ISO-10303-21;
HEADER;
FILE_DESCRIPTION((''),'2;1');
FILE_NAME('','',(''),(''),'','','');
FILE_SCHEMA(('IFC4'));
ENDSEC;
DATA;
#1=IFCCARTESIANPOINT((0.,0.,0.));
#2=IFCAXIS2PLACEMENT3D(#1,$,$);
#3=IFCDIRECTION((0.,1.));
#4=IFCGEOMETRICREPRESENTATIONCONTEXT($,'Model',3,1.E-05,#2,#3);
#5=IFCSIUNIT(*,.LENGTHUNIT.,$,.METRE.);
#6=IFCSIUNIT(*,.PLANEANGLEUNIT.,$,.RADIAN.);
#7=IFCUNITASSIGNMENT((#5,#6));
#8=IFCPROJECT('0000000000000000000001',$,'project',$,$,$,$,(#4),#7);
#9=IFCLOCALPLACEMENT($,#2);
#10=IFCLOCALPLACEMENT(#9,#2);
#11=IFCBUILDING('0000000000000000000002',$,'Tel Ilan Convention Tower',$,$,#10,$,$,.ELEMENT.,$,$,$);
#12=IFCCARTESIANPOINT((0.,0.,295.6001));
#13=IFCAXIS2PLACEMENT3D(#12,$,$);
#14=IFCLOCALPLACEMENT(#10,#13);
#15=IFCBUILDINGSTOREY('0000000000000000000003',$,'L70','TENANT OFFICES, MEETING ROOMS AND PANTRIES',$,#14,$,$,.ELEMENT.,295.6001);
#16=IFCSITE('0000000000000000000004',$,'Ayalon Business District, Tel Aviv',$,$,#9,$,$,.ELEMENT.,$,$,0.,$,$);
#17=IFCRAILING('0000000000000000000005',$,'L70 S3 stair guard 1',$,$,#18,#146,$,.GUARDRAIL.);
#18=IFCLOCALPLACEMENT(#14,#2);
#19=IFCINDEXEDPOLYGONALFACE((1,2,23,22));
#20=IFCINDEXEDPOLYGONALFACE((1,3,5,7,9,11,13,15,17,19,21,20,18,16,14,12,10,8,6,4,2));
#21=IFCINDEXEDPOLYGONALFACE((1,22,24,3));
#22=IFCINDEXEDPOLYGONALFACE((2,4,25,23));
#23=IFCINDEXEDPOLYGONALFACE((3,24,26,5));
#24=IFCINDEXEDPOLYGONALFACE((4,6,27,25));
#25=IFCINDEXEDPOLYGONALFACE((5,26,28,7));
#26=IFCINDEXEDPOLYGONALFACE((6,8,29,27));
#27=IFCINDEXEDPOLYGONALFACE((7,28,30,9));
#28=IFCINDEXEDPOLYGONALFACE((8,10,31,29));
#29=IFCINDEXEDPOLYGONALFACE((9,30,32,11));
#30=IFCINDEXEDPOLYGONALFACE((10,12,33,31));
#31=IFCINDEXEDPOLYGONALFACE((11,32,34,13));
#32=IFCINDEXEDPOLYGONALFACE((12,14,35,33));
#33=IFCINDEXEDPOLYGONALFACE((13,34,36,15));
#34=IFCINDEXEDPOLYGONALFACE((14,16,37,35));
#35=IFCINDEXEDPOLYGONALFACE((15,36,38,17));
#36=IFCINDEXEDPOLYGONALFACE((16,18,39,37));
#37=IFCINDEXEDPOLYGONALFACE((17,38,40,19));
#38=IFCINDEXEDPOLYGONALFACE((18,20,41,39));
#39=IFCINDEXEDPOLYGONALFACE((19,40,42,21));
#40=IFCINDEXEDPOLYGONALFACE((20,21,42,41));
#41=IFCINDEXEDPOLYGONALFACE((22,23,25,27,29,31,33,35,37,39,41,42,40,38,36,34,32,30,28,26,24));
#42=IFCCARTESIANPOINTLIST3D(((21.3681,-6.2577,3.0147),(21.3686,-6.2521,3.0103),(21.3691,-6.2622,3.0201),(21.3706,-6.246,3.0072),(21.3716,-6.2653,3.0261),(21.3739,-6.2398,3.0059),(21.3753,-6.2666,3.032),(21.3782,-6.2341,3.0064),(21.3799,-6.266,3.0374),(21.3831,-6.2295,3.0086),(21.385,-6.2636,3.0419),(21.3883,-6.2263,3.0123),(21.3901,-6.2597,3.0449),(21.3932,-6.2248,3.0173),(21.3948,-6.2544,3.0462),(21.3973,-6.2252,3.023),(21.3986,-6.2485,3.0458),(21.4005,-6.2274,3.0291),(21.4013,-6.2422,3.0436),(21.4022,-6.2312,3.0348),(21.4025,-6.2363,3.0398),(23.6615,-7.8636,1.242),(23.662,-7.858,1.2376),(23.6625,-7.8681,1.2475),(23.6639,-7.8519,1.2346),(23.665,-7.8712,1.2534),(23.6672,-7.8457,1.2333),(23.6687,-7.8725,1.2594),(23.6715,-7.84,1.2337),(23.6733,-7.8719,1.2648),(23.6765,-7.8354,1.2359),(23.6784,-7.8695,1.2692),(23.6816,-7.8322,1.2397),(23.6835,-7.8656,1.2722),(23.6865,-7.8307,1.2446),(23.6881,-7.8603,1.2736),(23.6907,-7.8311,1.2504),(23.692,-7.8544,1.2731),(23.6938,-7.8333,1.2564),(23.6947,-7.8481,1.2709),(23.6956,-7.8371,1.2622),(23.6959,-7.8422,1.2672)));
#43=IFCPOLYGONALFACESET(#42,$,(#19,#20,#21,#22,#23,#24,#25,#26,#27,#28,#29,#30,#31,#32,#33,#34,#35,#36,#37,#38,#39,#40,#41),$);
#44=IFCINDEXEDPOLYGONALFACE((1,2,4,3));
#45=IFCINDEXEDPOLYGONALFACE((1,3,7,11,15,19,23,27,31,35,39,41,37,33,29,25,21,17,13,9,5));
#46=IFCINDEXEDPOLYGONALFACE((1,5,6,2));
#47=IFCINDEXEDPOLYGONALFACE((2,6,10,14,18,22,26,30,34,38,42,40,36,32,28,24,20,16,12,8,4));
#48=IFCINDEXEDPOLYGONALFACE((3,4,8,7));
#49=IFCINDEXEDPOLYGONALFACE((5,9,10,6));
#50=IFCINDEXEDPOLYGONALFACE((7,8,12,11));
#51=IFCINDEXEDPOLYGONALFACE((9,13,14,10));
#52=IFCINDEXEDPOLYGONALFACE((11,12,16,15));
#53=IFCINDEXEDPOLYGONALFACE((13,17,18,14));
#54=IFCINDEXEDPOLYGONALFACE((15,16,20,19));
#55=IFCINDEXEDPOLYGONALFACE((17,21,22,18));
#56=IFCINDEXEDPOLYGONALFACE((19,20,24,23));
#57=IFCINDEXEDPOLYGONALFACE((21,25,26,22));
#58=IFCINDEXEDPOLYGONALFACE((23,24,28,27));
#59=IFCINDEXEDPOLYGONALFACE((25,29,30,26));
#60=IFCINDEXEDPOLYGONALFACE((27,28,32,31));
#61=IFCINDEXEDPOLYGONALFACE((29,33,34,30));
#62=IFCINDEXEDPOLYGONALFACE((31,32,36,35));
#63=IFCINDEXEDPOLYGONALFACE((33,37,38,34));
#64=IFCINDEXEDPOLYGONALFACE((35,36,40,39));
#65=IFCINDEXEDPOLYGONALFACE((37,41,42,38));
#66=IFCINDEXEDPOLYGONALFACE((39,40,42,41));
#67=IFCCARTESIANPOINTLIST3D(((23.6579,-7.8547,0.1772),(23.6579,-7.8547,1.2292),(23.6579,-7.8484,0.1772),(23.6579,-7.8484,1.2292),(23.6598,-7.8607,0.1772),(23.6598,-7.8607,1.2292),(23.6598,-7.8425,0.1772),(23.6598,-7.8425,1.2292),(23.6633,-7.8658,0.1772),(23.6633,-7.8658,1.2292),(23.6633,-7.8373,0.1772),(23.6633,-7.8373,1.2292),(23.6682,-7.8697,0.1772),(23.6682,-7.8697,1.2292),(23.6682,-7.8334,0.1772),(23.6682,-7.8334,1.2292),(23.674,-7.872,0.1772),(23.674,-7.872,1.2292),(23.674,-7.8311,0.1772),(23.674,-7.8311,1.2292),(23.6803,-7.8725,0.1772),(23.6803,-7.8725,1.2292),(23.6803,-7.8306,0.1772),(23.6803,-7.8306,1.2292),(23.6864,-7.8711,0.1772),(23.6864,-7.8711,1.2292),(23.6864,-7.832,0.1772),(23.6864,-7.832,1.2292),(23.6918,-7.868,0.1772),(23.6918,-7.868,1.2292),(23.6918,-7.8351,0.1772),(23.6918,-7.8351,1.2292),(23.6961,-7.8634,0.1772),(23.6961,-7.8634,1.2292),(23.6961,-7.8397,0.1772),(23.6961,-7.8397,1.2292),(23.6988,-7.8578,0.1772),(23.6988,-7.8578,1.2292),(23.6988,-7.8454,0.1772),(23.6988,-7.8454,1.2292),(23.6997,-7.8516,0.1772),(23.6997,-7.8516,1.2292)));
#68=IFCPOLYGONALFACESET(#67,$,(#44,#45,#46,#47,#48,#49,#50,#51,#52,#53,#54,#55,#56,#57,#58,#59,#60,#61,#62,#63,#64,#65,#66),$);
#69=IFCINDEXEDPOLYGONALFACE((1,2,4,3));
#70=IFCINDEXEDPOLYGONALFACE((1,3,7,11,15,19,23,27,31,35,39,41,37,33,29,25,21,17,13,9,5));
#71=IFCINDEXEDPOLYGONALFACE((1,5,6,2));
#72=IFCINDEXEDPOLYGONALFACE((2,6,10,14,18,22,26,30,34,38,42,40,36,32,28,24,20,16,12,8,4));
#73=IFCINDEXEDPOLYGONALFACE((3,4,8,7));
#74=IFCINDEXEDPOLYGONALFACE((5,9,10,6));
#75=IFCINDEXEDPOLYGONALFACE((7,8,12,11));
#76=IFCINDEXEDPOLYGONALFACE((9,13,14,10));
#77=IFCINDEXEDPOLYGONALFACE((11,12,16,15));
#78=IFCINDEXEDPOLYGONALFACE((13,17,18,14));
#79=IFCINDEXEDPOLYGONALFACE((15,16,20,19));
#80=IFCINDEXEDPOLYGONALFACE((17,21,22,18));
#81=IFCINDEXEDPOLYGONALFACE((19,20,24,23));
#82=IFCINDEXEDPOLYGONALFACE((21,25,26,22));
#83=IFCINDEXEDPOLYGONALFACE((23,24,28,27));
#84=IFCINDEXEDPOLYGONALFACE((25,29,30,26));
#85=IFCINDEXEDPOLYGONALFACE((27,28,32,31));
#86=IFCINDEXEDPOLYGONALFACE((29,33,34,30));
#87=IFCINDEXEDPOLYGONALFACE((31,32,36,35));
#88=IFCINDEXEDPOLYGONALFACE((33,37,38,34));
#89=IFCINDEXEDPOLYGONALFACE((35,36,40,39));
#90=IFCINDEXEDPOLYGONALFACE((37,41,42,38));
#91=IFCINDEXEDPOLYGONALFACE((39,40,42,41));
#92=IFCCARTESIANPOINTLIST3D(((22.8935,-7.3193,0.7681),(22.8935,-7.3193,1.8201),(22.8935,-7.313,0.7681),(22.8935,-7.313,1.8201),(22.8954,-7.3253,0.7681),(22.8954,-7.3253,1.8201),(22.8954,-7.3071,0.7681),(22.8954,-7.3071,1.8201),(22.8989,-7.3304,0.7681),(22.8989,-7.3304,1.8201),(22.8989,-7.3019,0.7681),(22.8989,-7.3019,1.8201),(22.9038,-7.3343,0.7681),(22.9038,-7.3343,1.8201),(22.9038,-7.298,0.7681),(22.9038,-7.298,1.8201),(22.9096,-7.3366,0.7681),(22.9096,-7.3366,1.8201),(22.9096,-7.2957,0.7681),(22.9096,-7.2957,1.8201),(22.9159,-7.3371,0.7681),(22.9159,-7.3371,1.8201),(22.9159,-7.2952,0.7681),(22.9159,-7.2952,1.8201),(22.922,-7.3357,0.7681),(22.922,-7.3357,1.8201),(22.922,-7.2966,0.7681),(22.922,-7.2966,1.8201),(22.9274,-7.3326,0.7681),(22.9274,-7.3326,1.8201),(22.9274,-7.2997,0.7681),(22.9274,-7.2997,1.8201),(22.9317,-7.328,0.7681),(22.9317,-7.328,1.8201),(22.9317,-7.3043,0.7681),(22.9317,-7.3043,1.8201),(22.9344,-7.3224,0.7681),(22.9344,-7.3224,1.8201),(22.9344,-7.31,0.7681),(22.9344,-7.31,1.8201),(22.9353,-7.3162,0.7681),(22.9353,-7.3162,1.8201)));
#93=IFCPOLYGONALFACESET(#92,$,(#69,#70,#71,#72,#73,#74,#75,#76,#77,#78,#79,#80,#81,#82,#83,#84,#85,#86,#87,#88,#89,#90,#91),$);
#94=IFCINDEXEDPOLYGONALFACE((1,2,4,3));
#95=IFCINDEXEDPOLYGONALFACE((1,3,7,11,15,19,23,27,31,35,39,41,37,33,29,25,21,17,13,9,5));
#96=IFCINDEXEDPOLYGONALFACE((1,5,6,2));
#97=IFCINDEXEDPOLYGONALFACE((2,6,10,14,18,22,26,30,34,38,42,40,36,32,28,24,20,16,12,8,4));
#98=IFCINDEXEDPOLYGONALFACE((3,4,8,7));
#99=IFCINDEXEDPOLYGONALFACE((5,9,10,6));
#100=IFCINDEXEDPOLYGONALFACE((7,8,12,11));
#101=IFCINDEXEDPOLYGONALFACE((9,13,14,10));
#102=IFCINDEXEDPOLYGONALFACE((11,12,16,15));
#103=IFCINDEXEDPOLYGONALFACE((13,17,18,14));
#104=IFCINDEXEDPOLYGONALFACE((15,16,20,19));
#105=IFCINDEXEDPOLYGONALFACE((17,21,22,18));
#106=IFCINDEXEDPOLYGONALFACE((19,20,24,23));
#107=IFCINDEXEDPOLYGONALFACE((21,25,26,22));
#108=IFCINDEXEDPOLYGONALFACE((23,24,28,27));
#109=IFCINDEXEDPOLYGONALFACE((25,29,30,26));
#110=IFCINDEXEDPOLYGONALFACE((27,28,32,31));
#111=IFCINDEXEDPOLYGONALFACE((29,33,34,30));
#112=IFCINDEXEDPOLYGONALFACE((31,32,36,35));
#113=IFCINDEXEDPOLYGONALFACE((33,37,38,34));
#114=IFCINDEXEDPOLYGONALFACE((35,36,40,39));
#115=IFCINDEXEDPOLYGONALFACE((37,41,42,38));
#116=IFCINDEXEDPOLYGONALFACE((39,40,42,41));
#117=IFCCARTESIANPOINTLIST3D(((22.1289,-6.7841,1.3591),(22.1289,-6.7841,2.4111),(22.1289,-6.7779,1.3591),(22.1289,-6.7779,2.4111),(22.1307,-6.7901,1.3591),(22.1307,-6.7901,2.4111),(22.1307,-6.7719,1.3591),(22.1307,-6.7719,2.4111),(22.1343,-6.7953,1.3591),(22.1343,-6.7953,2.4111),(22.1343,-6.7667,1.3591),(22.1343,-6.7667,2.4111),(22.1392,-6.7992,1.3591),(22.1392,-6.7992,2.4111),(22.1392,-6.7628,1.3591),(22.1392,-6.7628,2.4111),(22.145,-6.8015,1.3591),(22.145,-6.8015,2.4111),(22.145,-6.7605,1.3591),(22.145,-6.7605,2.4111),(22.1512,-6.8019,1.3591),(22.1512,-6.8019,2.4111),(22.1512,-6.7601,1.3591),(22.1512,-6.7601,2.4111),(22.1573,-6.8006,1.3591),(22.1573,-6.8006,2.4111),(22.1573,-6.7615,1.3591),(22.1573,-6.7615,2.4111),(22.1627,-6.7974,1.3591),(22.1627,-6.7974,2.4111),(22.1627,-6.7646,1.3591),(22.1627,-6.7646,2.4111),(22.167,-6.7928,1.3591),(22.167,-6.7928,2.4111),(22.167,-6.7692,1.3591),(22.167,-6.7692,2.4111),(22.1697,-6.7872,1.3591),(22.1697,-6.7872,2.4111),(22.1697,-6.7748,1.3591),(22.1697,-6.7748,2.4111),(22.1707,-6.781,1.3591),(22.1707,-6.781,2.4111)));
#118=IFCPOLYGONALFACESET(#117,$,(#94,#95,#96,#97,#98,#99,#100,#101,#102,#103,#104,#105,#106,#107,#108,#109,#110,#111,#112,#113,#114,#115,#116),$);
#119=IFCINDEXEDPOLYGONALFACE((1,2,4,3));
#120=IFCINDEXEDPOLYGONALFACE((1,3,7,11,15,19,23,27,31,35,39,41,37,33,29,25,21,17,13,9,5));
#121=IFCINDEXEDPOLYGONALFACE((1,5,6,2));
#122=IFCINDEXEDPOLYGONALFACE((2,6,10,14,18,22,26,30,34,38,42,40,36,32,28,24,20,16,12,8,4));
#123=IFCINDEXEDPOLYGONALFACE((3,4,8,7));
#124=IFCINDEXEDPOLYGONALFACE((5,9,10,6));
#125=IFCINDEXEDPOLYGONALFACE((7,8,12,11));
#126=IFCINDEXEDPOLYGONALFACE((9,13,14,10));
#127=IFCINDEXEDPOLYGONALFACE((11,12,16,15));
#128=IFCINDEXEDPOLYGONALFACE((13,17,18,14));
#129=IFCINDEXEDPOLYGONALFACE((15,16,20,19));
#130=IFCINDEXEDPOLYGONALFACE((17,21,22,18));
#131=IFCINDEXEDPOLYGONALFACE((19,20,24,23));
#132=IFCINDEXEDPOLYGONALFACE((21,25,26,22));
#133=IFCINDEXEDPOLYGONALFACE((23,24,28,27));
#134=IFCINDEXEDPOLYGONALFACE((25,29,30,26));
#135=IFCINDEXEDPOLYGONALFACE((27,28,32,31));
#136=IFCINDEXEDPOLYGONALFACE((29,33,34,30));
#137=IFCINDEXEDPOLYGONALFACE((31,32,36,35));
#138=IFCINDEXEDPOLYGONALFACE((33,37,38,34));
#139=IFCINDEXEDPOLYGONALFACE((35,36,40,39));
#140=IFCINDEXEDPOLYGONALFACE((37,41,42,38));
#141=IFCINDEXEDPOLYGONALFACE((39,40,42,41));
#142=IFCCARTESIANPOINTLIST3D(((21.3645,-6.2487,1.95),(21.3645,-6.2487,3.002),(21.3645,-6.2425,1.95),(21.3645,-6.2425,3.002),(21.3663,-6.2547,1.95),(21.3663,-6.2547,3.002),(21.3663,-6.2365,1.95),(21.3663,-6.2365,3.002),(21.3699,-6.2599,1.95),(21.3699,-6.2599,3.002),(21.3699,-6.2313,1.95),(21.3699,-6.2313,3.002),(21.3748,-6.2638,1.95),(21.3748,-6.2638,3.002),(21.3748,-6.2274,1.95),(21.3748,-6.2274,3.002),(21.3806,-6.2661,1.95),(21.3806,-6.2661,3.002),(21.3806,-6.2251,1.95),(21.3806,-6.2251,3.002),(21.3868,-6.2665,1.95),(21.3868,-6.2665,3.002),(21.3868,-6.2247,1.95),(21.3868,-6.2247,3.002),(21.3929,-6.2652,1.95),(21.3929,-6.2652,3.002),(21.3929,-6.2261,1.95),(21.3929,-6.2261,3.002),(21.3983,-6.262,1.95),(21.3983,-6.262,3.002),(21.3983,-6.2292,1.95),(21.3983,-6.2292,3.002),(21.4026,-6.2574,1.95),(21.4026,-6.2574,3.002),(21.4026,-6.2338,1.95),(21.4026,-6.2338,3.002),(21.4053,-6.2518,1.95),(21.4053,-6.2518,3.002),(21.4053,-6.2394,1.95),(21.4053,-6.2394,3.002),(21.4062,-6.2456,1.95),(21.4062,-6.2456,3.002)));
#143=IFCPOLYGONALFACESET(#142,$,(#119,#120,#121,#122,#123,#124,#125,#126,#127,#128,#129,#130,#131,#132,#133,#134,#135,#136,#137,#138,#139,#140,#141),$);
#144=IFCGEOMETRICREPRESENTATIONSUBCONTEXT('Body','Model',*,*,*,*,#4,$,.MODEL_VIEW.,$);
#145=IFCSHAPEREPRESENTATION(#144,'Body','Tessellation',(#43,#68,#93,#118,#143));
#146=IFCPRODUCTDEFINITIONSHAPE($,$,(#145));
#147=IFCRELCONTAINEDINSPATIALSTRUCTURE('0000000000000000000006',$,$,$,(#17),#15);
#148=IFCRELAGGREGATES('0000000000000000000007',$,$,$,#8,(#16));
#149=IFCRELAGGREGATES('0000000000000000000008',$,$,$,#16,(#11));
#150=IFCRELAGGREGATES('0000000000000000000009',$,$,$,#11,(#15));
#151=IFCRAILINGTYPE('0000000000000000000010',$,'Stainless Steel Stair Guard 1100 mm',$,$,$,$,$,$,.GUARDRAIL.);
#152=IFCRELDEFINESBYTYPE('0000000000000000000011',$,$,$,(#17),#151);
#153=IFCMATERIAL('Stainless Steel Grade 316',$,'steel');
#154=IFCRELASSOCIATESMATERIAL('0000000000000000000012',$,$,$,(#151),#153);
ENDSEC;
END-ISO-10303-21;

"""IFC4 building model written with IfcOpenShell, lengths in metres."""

from ifc_helpers import new_model, si_unit, direction, frame, origin, origin_2d, place, context, subcontext, project, spatial, circle, extrude, material, type_object, element, save


model = new_model("IFC4")

# Units and contexts
model_context = context("Model", 3, precision=1e-05, world=origin(), true_north=direction((0.0, 1.0)))
body_context = subcontext(model_context, "Body", "Model", "MODEL_VIEW")
ifc_project = project(units=[si_unit("LENGTHUNIT", "METRE"), si_unit("PLANEANGLEUNIT", "RADIAN")], contexts=[model_context])

# Site, building, storey
site_placement = place(None, origin())
site = spatial("IfcSite", under=ifc_project, at=site_placement, Name="Ayalon Business District, Tel Aviv", CompositionType="ELEMENT", RefElevation=0.0)
building_placement = place(site_placement, origin())
building = spatial("IfcBuilding", under=site, at=building_placement, Name="Tel Ilan Convention Tower", CompositionType="ELEMENT")
storey_placement = place(building_placement, frame((0.0, 0.0, 295.6001)))
storey = spatial("IfcBuildingStorey", under=building, at=storey_placement, Name="L70", Description="TENANT OFFICES, MEETING ROOMS AND PANTRIES", CompositionType="ELEMENT", Elevation=295.6001)

# Railing
ifc_material_1 = material(Name="Stainless Steel Grade 316", Category="steel")
railing_type_1 = type_object("IfcRailingType", Name="Stainless Steel Stair Guard 1100 mm", PredefinedType="GUARDRAIL", material=ifc_material_1)
railing_1_placement = place(storey_placement, frame((23.6787, -7.8516, 0.1772)))
element("IfcRailing", 1, at=railing_1_placement, inside=storey, type_object=railing_type_1, Name="L70 S3 stair guard 1", PredefinedType="GUARDRAIL", context=body_context, shape_type="SweptSolid", body=[
    extrude(circle(Radius=0.0239, at=origin_2d()), frame((0.0, 0.0, 1.0762), z_axis=(-0.692085, 0.484621, 0.53494), x_axis=(-0.573591, -0.819142, 0.0)), (0.0, 0.0, 1.0), 3.3137),
    extrude(circle(Radius=0.021, at=origin_2d()), origin(), (0.0, 0.0, 1.0), 1.052),
    extrude(circle(Radius=0.021, at=origin_2d()), frame((-0.7644, 0.5354, 0.5908)), (0.0, 0.0, 1.0), 1.052),
    extrude(circle(Radius=0.021, at=origin_2d()), frame((-1.5291, 1.0706, 1.1819)), (0.0, 0.0, 1.0), 1.052),
    extrude(circle(Radius=0.021, at=origin_2d()), frame((-2.2935, 1.606, 1.7727)), (0.0, 0.0, 1.0), 1.052),
])

save(model, "model.ifc")
